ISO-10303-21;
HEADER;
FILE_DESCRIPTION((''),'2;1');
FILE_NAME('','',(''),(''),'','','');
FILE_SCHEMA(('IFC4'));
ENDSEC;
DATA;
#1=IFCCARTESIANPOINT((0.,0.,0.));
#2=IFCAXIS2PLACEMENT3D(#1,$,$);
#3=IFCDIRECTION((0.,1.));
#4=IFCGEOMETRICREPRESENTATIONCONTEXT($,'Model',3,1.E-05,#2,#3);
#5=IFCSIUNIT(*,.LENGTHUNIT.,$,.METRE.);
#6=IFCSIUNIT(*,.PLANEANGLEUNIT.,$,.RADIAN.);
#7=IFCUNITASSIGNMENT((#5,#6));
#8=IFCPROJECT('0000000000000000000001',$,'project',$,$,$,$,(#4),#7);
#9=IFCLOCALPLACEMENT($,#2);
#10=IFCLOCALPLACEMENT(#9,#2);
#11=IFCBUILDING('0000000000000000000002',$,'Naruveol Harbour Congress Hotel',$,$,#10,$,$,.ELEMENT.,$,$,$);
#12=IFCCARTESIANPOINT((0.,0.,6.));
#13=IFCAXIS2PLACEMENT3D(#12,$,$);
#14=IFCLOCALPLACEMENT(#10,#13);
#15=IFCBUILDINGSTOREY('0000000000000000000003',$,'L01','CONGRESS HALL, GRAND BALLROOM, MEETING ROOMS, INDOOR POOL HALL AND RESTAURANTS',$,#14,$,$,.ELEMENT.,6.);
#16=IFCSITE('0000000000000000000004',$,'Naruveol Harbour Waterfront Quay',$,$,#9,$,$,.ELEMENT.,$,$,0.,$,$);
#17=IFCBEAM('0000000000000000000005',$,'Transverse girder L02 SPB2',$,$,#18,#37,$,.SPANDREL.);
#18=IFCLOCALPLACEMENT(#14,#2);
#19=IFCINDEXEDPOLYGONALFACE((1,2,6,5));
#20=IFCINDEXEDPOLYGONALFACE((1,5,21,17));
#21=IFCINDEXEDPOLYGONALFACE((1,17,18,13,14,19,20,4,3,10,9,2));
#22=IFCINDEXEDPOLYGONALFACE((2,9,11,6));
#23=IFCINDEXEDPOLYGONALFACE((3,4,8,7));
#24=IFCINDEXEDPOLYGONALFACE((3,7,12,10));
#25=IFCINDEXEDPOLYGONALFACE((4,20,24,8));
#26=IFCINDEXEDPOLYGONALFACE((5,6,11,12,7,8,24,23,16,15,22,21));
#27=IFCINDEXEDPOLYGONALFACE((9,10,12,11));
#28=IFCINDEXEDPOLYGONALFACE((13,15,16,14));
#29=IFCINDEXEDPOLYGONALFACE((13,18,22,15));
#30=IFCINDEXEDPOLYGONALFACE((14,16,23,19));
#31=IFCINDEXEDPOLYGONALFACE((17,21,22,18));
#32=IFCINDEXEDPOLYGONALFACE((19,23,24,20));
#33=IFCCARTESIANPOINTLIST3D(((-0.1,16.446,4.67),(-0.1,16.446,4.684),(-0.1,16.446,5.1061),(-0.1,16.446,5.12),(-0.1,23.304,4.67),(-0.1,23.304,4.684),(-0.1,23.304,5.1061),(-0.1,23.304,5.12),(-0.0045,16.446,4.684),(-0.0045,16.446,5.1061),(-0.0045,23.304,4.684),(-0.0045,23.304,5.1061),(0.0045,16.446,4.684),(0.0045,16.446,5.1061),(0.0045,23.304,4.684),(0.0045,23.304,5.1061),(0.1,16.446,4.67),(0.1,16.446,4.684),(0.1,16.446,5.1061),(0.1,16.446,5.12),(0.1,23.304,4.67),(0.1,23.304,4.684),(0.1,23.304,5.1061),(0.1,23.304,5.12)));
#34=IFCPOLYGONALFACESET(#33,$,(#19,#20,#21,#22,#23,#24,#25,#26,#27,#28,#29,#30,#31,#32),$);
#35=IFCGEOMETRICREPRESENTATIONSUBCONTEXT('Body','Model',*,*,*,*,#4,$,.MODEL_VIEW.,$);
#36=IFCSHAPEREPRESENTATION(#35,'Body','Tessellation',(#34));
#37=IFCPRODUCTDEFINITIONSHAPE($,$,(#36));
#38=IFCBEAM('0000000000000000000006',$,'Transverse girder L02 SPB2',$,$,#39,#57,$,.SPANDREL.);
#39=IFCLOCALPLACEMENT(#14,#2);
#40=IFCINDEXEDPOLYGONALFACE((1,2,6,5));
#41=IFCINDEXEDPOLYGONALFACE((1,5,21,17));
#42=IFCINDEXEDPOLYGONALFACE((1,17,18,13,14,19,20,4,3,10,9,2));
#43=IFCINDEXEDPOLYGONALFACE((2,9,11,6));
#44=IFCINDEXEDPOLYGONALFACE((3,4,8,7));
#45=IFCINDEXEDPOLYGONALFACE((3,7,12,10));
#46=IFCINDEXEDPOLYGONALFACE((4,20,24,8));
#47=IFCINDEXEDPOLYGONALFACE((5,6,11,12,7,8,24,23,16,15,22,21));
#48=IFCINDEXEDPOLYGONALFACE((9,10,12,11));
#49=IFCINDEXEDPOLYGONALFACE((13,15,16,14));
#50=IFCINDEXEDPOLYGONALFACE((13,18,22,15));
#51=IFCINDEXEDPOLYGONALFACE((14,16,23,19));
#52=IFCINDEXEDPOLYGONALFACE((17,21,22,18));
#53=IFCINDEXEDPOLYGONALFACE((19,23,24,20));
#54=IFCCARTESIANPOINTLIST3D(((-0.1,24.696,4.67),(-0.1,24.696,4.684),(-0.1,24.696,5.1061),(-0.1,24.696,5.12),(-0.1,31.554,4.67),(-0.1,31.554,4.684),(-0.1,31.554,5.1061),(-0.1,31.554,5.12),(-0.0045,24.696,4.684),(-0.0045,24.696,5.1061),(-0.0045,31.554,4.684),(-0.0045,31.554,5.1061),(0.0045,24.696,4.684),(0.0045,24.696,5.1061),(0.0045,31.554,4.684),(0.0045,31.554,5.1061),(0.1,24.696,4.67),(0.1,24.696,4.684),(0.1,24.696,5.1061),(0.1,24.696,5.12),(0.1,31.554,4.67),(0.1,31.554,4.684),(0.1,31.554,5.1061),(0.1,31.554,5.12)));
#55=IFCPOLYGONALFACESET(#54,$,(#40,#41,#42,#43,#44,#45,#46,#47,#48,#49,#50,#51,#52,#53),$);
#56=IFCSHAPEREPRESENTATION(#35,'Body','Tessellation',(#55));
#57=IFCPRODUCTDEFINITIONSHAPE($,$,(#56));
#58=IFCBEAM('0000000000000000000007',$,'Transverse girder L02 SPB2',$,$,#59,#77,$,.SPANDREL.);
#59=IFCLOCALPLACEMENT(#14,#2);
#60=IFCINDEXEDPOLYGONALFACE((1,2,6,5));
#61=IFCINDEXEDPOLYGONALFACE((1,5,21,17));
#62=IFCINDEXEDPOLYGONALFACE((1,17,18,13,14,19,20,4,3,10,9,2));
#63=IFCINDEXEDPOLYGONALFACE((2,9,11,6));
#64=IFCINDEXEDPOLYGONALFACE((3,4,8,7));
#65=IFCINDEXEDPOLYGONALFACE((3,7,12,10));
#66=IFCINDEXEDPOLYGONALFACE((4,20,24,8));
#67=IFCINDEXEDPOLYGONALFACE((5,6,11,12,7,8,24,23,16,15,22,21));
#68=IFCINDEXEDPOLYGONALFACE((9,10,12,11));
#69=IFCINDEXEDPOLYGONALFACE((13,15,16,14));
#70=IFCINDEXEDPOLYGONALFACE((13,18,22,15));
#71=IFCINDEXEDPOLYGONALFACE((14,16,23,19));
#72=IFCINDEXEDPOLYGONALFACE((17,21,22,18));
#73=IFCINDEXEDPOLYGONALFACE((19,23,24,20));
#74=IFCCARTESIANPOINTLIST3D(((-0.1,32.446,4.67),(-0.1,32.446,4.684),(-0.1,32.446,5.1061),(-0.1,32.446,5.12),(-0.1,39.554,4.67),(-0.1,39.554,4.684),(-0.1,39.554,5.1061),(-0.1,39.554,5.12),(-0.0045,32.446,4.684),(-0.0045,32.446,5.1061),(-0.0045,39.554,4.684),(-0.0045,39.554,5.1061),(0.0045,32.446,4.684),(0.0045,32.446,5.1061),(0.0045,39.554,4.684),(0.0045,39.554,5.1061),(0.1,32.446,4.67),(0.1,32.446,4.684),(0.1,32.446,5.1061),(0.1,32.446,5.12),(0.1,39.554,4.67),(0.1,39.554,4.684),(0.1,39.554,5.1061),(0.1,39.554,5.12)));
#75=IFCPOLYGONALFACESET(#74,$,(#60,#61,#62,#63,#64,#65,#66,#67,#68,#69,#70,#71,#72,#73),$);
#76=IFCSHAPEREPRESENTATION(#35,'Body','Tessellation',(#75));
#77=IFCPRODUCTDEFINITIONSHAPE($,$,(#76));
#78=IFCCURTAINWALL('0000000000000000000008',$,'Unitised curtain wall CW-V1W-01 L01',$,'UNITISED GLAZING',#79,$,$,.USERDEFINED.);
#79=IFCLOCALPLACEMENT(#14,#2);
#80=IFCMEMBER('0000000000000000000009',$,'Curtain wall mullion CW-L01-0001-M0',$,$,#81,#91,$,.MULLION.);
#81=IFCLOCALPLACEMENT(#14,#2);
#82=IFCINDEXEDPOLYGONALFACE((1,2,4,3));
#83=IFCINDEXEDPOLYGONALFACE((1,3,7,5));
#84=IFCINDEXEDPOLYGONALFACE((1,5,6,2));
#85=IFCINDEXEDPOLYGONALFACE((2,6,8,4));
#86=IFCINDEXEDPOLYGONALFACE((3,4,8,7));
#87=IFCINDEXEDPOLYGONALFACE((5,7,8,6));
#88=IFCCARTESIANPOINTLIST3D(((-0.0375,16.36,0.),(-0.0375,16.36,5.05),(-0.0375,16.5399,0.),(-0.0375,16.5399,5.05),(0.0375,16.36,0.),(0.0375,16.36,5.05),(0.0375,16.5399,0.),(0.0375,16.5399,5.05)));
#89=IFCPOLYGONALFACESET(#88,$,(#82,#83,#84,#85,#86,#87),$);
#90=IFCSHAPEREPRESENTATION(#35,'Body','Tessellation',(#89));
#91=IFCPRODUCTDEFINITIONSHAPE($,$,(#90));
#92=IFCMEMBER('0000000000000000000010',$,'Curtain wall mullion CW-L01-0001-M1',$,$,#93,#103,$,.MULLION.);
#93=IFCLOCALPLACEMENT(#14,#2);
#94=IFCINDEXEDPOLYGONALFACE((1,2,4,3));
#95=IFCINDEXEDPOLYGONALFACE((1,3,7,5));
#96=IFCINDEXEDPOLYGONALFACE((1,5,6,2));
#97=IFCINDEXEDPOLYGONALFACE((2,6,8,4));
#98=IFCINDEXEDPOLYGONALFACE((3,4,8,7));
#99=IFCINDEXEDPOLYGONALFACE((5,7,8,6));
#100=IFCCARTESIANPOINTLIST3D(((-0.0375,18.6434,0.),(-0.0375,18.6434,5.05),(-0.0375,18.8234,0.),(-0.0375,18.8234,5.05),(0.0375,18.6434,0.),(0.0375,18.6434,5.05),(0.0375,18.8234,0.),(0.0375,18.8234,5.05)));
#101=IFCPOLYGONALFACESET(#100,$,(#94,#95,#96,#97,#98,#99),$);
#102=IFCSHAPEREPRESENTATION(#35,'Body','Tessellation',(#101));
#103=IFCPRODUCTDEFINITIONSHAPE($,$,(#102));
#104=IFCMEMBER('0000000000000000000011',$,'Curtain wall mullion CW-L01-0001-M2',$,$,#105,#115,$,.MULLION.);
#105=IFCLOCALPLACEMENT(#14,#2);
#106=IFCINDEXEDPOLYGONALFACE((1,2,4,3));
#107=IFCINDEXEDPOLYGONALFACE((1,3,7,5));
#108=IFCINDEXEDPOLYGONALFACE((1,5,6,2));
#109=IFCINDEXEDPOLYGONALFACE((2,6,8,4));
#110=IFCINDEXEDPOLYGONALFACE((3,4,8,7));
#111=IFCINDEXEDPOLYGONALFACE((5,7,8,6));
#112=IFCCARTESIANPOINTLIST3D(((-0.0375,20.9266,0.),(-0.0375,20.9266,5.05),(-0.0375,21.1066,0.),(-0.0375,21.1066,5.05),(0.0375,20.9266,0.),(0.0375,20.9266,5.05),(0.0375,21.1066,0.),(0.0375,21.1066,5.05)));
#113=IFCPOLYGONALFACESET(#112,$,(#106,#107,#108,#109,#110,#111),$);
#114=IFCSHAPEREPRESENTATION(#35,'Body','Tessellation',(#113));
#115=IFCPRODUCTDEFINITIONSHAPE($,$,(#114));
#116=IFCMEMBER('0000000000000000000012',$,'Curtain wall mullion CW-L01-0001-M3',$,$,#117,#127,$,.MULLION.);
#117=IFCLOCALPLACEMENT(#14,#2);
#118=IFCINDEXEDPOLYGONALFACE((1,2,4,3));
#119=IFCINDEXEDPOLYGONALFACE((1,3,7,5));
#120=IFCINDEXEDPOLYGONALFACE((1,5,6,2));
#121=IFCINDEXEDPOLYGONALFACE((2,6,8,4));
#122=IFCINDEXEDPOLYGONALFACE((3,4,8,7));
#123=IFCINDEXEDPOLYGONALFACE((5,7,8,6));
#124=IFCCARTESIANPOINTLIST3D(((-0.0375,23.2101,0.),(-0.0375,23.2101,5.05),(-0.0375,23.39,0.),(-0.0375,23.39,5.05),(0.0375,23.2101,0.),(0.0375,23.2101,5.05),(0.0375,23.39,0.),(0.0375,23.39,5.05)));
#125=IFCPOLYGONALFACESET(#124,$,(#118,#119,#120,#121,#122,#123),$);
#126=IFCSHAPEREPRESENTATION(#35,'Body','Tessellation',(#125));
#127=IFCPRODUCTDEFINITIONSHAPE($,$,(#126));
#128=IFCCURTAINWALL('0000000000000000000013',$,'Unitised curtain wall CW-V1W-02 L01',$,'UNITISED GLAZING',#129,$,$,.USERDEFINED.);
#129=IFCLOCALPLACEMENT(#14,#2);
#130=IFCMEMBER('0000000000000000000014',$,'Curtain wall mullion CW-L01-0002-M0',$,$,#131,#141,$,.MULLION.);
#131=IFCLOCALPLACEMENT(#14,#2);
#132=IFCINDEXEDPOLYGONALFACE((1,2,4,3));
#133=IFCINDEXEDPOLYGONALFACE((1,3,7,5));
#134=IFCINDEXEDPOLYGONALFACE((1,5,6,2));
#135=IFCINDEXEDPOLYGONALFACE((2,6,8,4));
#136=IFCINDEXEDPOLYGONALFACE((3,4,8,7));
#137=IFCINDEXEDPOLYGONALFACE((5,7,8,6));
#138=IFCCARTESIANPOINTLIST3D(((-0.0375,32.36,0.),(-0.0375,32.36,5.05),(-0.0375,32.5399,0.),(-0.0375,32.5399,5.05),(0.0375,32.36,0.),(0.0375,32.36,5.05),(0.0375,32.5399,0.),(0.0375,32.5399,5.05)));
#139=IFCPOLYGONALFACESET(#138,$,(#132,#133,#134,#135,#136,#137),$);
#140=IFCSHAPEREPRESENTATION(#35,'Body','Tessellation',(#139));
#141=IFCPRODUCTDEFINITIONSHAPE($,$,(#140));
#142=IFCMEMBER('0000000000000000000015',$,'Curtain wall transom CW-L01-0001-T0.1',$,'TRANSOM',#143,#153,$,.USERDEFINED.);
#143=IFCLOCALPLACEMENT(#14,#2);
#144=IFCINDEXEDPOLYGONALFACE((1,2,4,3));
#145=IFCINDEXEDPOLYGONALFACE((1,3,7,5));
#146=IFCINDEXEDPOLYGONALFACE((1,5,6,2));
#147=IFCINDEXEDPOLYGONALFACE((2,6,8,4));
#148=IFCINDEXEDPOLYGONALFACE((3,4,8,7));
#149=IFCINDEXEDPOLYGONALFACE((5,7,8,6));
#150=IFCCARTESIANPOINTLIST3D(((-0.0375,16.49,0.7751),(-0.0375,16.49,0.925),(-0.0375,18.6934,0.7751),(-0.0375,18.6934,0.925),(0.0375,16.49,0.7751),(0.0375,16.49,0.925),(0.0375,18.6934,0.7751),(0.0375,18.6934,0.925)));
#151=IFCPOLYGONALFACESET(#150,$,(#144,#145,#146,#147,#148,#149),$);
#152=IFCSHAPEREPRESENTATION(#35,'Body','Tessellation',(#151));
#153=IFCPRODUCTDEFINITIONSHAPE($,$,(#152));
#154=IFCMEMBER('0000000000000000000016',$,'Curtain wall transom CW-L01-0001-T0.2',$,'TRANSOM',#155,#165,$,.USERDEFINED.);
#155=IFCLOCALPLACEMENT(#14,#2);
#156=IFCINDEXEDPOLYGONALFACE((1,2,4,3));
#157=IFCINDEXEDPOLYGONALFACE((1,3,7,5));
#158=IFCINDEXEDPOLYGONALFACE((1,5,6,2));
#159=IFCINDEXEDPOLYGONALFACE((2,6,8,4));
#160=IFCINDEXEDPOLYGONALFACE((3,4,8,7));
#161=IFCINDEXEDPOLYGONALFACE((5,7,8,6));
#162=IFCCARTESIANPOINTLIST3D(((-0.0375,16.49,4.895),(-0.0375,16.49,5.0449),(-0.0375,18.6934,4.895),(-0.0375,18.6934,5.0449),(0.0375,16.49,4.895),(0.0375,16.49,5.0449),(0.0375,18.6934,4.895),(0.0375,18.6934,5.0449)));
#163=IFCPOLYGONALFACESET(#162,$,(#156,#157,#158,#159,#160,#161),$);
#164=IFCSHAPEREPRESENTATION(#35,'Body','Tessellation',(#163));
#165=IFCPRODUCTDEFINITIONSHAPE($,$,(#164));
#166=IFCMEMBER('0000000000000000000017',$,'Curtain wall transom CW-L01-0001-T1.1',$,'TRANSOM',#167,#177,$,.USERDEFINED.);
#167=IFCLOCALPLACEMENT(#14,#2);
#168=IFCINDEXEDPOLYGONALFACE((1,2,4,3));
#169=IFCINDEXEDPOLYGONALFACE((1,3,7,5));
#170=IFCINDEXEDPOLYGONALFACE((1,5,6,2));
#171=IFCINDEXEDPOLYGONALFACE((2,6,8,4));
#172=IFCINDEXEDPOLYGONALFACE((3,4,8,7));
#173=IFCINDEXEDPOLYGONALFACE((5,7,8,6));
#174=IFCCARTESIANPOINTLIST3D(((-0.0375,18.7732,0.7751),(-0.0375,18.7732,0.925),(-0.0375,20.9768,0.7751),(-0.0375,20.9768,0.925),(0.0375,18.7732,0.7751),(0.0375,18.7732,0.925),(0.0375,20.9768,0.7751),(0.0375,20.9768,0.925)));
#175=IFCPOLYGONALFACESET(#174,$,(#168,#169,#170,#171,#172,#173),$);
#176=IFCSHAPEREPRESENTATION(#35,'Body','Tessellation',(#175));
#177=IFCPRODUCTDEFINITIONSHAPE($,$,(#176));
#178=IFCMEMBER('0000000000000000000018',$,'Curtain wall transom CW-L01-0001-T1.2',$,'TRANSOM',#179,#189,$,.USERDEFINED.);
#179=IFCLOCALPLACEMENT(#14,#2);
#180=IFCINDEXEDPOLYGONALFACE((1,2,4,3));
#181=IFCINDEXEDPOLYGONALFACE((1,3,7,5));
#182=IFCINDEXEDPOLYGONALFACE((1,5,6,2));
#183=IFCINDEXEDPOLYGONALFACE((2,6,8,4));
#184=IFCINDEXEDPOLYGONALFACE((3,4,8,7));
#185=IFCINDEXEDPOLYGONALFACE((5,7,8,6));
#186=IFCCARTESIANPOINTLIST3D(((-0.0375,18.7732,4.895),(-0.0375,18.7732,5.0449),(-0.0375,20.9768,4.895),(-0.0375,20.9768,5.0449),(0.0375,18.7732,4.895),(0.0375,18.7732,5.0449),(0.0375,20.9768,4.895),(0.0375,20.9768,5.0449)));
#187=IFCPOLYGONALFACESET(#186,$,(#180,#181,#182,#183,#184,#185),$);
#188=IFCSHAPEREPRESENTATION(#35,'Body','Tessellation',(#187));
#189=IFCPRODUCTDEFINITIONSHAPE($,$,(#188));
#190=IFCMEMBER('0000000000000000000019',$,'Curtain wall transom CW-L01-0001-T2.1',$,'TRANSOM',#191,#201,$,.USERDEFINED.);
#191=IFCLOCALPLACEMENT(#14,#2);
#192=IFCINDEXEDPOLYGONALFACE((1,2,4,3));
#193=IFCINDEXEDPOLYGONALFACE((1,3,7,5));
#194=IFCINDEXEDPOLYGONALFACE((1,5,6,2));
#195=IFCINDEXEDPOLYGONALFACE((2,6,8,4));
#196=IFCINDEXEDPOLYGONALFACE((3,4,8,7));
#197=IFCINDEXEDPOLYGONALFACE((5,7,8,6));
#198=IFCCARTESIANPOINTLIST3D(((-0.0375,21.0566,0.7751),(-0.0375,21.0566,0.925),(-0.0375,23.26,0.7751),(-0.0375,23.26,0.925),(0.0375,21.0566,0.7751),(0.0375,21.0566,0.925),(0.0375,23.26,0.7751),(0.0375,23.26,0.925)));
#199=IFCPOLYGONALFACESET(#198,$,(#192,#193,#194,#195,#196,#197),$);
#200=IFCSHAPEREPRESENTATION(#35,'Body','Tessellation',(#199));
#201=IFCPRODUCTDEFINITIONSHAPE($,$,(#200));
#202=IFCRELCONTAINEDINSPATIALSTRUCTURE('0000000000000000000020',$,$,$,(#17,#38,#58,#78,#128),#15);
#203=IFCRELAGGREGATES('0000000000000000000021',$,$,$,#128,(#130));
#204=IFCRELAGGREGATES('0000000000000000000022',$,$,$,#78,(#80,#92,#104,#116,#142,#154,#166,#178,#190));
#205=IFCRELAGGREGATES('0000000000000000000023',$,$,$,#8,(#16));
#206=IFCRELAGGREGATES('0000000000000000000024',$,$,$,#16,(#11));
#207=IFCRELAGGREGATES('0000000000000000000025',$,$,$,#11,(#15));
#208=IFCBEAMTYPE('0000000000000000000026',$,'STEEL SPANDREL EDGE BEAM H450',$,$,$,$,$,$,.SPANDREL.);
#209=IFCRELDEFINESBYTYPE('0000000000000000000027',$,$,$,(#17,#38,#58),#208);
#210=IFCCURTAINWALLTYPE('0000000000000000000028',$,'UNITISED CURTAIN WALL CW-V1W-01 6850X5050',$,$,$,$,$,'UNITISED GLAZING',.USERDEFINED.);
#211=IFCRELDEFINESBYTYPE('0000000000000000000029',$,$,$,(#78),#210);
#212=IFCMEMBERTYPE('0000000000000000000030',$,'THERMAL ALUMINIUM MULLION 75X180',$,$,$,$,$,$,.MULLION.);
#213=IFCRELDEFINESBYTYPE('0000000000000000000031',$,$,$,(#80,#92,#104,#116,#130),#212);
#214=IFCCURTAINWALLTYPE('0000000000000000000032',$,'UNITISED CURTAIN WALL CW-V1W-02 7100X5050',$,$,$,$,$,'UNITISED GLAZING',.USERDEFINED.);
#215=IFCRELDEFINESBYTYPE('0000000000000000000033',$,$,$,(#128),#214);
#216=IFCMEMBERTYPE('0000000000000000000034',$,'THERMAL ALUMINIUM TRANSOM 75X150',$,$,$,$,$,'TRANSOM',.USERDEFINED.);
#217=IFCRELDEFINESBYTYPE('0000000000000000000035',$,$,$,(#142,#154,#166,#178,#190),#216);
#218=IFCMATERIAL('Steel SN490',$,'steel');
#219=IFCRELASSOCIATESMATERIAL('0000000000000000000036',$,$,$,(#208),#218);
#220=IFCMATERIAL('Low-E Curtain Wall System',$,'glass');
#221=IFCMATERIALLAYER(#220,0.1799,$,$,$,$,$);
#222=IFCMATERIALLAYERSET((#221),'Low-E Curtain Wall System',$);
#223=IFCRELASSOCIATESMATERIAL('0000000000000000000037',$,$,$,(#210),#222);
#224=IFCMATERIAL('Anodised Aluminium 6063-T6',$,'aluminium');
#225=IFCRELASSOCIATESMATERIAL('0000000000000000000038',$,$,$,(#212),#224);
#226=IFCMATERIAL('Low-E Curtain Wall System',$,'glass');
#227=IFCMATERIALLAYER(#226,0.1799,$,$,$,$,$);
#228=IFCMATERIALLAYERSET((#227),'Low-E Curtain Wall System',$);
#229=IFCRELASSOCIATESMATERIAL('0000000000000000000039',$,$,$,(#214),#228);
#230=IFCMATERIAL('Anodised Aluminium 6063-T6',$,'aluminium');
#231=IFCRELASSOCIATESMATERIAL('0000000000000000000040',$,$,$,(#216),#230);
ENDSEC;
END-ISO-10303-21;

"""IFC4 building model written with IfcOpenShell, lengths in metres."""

from ifc_helpers import new_model, si_unit, direction, frame, origin, origin_2d, place, context, subcontext, project, spatial, rectangle, i_section, extrude, material, layer, layer_set, material_profile, profile_set, type_object, element, aggregate, save


model = new_model("IFC4")

# Units and contexts
model_context = context("Model", 3, precision=1e-05, world=origin(), true_north=direction((0.0, 1.0)))
body_context = subcontext(model_context, "Body", "Model", "MODEL_VIEW")
ifc_project = project(units=[si_unit("LENGTHUNIT", "METRE"), si_unit("PLANEANGLEUNIT", "RADIAN")], contexts=[model_context])

# Site, building, storey
site_placement = place(None, origin())
site = spatial("IfcSite", under=ifc_project, at=site_placement, Name="Naruveol Harbour Waterfront Quay", CompositionType="ELEMENT", RefElevation=0.0)
building_placement = place(site_placement, origin())
building = spatial("IfcBuilding", under=site, at=building_placement, Name="Naruveol Harbour Congress Hotel", CompositionType="ELEMENT")
storey_placement = place(building_placement, frame((0.0, 0.0, 6.0)))
storey = spatial("IfcBuildingStorey", under=building, at=storey_placement, Name="L01", Description="CONGRESS HALL, GRAND BALLROOM, MEETING ROOMS, INDOOR POOL HALL AND RESTAURANTS", CompositionType="ELEMENT", Elevation=6.0)

# Beams
ifc_material_1 = material(Name="Steel SN490", Category="steel")
ifc_material_profile_1 = material_profile(ifc_material_1, i_section(OverallWidth=0.2, OverallDepth=0.45, WebThickness=0.009, FlangeThickness=0.0139, at=origin_2d()), Name="H-450x200x9x14")
ifc_profile_set_1 = profile_set([ifc_material_profile_1], Name="Steel SN490")
beam_type_1 = type_object("IfcBeamType", Name="STEEL SPANDREL EDGE BEAM H450", PredefinedType="SPANDREL", material=ifc_profile_set_1)
for number, where, z_axis, x_axis, name in (
    (1, (0.0, 16.446, 4.895), (0.0, 1.0, 0.0), (-1.0, 0.0, 0.0), "Transverse girder L02 SPB2"),
    (2, (0.0, 24.696, 4.895), (0.0, 1.0, 0.0), (-1.0, 0.0, 0.0), "Transverse girder L02 SPB2"),
):
    element("IfcBeam", number, at=place(storey_placement, frame(where, z_axis=z_axis, x_axis=x_axis)), inside=storey, type_object=beam_type_1, Name=name, PredefinedType="SPANDREL", context=body_context, shape_type="SweptSolid", body=[
        extrude(i_section(OverallWidth=0.2, OverallDepth=0.45, WebThickness=0.009, FlangeThickness=0.0139, at=origin_2d()), origin(), (0.0, 0.0, 1.0), 6.8579),
    ])
beam_1_placement = place(storey_placement, frame((0.0, 32.446, 4.895), z_axis=(0.0, 1.0, 0.0), x_axis=(-1.0, 0.0, 0.0)))
element("IfcBeam", 3, at=beam_1_placement, inside=storey, type_object=beam_type_1, Name="Transverse girder L02 SPB2", PredefinedType="SPANDREL", context=body_context, shape_type="SweptSolid", body=[
    extrude(i_section(OverallWidth=0.2, OverallDepth=0.45, WebThickness=0.009, FlangeThickness=0.0139, at=origin_2d()), origin(), (0.0, 0.0, 1.0), 7.1079),
])

# Curtain wall, members
ifc_material_2 = material(Name="Low-E Curtain Wall System", Category="glass")
ifc_layer_1 = layer(ifc_material_2, 0.1799)
ifc_layer_set_1 = layer_set([ifc_layer_1], Name="Low-E Curtain Wall System")
curtain_wall_type_1 = type_object("IfcCurtainWallType", Name="UNITISED CURTAIN WALL CW-V1W-01 6850X5050", ElementType="UNITISED GLAZING", PredefinedType="USERDEFINED", material=ifc_layer_set_1)
curtain_wall_1_placement = place(storey_placement, origin())
curtain_wall_1 = element("IfcCurtainWall", 4, at=curtain_wall_1_placement, inside=storey, type_object=curtain_wall_type_1, Name="Unitised curtain wall CW-V1W-01 L01", ObjectType="UNITISED GLAZING", PredefinedType="USERDEFINED")
ifc_material_3 = material(Name="Anodised Aluminium 6063-T6", Category="aluminium")
ifc_material_profile_2 = material_profile(ifc_material_3, rectangle(XDim=0.075, YDim=0.1799, at=origin_2d()), Name="ALU-75x180")
ifc_profile_set_2 = profile_set([ifc_material_profile_2], Name="Anodised Aluminium 6063-T6")
member_type_1 = type_object("IfcMemberType", Name="THERMAL ALUMINIUM MULLION 75X180", PredefinedType="MULLION", material=ifc_profile_set_2)
member_1_placement = place(storey_placement, frame((0.0, 16.45, 0.0), z_axis=(0.0, 0.0, 1.0), x_axis=(1.0, 0.0, 0.0)))
member_1 = element("IfcMember", 5, at=member_1_placement, type_object=member_type_1, Name="Curtain wall mullion CW-L01-0001-M0", PredefinedType="MULLION", context=body_context, shape_type="SweptSolid", body=[
    extrude(rectangle(XDim=0.075, YDim=0.1799, at=origin_2d()), origin(), (0.0, 0.0, 1.0), 5.05),
])
member_2_placement = place(storey_placement, frame((0.0, 18.7334, 0.0), z_axis=(0.0, 0.0, 1.0), x_axis=(1.0, 0.0, 0.0)))
member_2 = element("IfcMember", 6, at=member_2_placement, type_object=member_type_1, Name="Curtain wall mullion CW-L01-0001-M1", PredefinedType="MULLION", context=body_context, shape_type="SweptSolid", body=[
    extrude(rectangle(XDim=0.075, YDim=0.1799, at=origin_2d()), origin(), (0.0, 0.0, 1.0), 5.05),
])
member_3_placement = place(storey_placement, frame((0.0, 21.0166, 0.0), z_axis=(0.0, 0.0, 1.0), x_axis=(1.0, 0.0, 0.0)))
member_3 = element("IfcMember", 7, at=member_3_placement, type_object=member_type_1, Name="Curtain wall mullion CW-L01-0001-M2", PredefinedType="MULLION", context=body_context, shape_type="SweptSolid", body=[
    extrude(rectangle(XDim=0.075, YDim=0.1799, at=origin_2d()), origin(), (0.0, 0.0, 1.0), 5.05),
])
member_4_placement = place(storey_placement, frame((0.0, 23.3, 0.0), z_axis=(0.0, 0.0, 1.0), x_axis=(1.0, 0.0, 0.0)))
member_4 = element("IfcMember", 8, at=member_4_placement, type_object=member_type_1, Name="Curtain wall mullion CW-L01-0001-M3", PredefinedType="MULLION", context=body_context, shape_type="SweptSolid", body=[
    extrude(rectangle(XDim=0.075, YDim=0.1799, at=origin_2d()), origin(), (0.0, 0.0, 1.0), 5.05),
])

# Curtain wall, member
ifc_material_4 = material(Name="Low-E Curtain Wall System", Category="glass")
ifc_layer_2 = layer(ifc_material_4, 0.1799)
ifc_layer_set_2 = layer_set([ifc_layer_2], Name="Low-E Curtain Wall System")
curtain_wall_type_2 = type_object("IfcCurtainWallType", Name="UNITISED CURTAIN WALL CW-V1W-02 7100X5050", ElementType="UNITISED GLAZING", PredefinedType="USERDEFINED", material=ifc_layer_set_2)
curtain_wall_2_placement = place(storey_placement, origin())
curtain_wall_2 = element("IfcCurtainWall", 9, at=curtain_wall_2_placement, inside=storey, type_object=curtain_wall_type_2, Name="Unitised curtain wall CW-V1W-02 L01", ObjectType="UNITISED GLAZING", PredefinedType="USERDEFINED")
member_5_placement = place(storey_placement, frame((0.0, 32.45, 0.0), z_axis=(0.0, 0.0, 1.0), x_axis=(1.0, 0.0, 0.0)))
member_5 = element("IfcMember", 10, at=member_5_placement, type_object=member_type_1, Name="Curtain wall mullion CW-L01-0002-M0", PredefinedType="MULLION", context=body_context, shape_type="SweptSolid", body=[
    extrude(rectangle(XDim=0.075, YDim=0.1799, at=origin_2d()), origin(), (0.0, 0.0, 1.0), 5.05),
])

# Members
ifc_material_5 = material(Name="Anodised Aluminium 6063-T6", Category="aluminium")
ifc_material_profile_3 = material_profile(ifc_material_5, rectangle(XDim=0.075, YDim=0.1499, at=origin_2d()), Name="ALU-75x150")
ifc_profile_set_3 = profile_set([ifc_material_profile_3], Name="Anodised Aluminium 6063-T6")
member_type_2 = type_object("IfcMemberType", Name="THERMAL ALUMINIUM TRANSOM 75X150", ElementType="TRANSOM", PredefinedType="USERDEFINED", material=ifc_profile_set_3)
member_6_placement = place(storey_placement, frame((0.0, 16.49, 0.8501), z_axis=(0.0, 1.0, 0.0), x_axis=(-1.0, 0.0, 0.0)))
member_6 = element("IfcMember", 11, at=member_6_placement, type_object=member_type_2, Name="Curtain wall transom CW-L01-0001-T0.1", ObjectType="TRANSOM", PredefinedType="USERDEFINED", context=body_context, shape_type="SweptSolid", body=[
    extrude(rectangle(XDim=0.075, YDim=0.1499, at=origin_2d()), origin(), (0.0, 0.0, 1.0), 2.2034),
])
member_7_placement = place(storey_placement, frame((0.0, 16.49, 4.97), z_axis=(0.0, 1.0, 0.0), x_axis=(-1.0, 0.0, 0.0)))
member_7 = element("IfcMember", 12, at=member_7_placement, type_object=member_type_2, Name="Curtain wall transom CW-L01-0001-T0.2", ObjectType="TRANSOM", PredefinedType="USERDEFINED", context=body_context, shape_type="SweptSolid", body=[
    extrude(rectangle(XDim=0.075, YDim=0.1499, at=origin_2d()), origin(), (0.0, 0.0, 1.0), 2.2034),
])
member_8_placement = place(storey_placement, frame((0.0, 18.7732, 0.8501), z_axis=(0.0, 1.0, 0.0), x_axis=(-1.0, 0.0, 0.0)))
member_8 = element("IfcMember", 13, at=member_8_placement, type_object=member_type_2, Name="Curtain wall transom CW-L01-0001-T1.1", ObjectType="TRANSOM", PredefinedType="USERDEFINED", context=body_context, shape_type="SweptSolid", body=[
    extrude(rectangle(XDim=0.075, YDim=0.1499, at=origin_2d()), origin(), (0.0, 0.0, 1.0), 2.2036),
])
member_9_placement = place(storey_placement, frame((0.0, 18.7732, 4.97), z_axis=(0.0, 1.0, 0.0), x_axis=(-1.0, 0.0, 0.0)))
member_9 = element("IfcMember", 14, at=member_9_placement, type_object=member_type_2, Name="Curtain wall transom CW-L01-0001-T1.2", ObjectType="TRANSOM", PredefinedType="USERDEFINED", context=body_context, shape_type="SweptSolid", body=[
    extrude(rectangle(XDim=0.075, YDim=0.1499, at=origin_2d()), origin(), (0.0, 0.0, 1.0), 2.2036),
])
member_10_placement = place(storey_placement, frame((0.0, 21.0566, 0.8501), z_axis=(0.0, 1.0, 0.0), x_axis=(-1.0, 0.0, 0.0)))
member_10 = element("IfcMember", 15, at=member_10_placement, type_object=member_type_2, Name="Curtain wall transom CW-L01-0001-T2.1", ObjectType="TRANSOM", PredefinedType="USERDEFINED", context=body_context, shape_type="SweptSolid", body=[
    extrude(rectangle(XDim=0.075, YDim=0.1499, at=origin_2d()), origin(), (0.0, 0.0, 1.0), 2.2034),
])
aggregate(curtain_wall_2, [member_5])

aggregate(curtain_wall_1, [member_1, member_2, member_3, member_4, member_6, member_7, member_8, member_9, member_10])

save(model, "model.ifc")
